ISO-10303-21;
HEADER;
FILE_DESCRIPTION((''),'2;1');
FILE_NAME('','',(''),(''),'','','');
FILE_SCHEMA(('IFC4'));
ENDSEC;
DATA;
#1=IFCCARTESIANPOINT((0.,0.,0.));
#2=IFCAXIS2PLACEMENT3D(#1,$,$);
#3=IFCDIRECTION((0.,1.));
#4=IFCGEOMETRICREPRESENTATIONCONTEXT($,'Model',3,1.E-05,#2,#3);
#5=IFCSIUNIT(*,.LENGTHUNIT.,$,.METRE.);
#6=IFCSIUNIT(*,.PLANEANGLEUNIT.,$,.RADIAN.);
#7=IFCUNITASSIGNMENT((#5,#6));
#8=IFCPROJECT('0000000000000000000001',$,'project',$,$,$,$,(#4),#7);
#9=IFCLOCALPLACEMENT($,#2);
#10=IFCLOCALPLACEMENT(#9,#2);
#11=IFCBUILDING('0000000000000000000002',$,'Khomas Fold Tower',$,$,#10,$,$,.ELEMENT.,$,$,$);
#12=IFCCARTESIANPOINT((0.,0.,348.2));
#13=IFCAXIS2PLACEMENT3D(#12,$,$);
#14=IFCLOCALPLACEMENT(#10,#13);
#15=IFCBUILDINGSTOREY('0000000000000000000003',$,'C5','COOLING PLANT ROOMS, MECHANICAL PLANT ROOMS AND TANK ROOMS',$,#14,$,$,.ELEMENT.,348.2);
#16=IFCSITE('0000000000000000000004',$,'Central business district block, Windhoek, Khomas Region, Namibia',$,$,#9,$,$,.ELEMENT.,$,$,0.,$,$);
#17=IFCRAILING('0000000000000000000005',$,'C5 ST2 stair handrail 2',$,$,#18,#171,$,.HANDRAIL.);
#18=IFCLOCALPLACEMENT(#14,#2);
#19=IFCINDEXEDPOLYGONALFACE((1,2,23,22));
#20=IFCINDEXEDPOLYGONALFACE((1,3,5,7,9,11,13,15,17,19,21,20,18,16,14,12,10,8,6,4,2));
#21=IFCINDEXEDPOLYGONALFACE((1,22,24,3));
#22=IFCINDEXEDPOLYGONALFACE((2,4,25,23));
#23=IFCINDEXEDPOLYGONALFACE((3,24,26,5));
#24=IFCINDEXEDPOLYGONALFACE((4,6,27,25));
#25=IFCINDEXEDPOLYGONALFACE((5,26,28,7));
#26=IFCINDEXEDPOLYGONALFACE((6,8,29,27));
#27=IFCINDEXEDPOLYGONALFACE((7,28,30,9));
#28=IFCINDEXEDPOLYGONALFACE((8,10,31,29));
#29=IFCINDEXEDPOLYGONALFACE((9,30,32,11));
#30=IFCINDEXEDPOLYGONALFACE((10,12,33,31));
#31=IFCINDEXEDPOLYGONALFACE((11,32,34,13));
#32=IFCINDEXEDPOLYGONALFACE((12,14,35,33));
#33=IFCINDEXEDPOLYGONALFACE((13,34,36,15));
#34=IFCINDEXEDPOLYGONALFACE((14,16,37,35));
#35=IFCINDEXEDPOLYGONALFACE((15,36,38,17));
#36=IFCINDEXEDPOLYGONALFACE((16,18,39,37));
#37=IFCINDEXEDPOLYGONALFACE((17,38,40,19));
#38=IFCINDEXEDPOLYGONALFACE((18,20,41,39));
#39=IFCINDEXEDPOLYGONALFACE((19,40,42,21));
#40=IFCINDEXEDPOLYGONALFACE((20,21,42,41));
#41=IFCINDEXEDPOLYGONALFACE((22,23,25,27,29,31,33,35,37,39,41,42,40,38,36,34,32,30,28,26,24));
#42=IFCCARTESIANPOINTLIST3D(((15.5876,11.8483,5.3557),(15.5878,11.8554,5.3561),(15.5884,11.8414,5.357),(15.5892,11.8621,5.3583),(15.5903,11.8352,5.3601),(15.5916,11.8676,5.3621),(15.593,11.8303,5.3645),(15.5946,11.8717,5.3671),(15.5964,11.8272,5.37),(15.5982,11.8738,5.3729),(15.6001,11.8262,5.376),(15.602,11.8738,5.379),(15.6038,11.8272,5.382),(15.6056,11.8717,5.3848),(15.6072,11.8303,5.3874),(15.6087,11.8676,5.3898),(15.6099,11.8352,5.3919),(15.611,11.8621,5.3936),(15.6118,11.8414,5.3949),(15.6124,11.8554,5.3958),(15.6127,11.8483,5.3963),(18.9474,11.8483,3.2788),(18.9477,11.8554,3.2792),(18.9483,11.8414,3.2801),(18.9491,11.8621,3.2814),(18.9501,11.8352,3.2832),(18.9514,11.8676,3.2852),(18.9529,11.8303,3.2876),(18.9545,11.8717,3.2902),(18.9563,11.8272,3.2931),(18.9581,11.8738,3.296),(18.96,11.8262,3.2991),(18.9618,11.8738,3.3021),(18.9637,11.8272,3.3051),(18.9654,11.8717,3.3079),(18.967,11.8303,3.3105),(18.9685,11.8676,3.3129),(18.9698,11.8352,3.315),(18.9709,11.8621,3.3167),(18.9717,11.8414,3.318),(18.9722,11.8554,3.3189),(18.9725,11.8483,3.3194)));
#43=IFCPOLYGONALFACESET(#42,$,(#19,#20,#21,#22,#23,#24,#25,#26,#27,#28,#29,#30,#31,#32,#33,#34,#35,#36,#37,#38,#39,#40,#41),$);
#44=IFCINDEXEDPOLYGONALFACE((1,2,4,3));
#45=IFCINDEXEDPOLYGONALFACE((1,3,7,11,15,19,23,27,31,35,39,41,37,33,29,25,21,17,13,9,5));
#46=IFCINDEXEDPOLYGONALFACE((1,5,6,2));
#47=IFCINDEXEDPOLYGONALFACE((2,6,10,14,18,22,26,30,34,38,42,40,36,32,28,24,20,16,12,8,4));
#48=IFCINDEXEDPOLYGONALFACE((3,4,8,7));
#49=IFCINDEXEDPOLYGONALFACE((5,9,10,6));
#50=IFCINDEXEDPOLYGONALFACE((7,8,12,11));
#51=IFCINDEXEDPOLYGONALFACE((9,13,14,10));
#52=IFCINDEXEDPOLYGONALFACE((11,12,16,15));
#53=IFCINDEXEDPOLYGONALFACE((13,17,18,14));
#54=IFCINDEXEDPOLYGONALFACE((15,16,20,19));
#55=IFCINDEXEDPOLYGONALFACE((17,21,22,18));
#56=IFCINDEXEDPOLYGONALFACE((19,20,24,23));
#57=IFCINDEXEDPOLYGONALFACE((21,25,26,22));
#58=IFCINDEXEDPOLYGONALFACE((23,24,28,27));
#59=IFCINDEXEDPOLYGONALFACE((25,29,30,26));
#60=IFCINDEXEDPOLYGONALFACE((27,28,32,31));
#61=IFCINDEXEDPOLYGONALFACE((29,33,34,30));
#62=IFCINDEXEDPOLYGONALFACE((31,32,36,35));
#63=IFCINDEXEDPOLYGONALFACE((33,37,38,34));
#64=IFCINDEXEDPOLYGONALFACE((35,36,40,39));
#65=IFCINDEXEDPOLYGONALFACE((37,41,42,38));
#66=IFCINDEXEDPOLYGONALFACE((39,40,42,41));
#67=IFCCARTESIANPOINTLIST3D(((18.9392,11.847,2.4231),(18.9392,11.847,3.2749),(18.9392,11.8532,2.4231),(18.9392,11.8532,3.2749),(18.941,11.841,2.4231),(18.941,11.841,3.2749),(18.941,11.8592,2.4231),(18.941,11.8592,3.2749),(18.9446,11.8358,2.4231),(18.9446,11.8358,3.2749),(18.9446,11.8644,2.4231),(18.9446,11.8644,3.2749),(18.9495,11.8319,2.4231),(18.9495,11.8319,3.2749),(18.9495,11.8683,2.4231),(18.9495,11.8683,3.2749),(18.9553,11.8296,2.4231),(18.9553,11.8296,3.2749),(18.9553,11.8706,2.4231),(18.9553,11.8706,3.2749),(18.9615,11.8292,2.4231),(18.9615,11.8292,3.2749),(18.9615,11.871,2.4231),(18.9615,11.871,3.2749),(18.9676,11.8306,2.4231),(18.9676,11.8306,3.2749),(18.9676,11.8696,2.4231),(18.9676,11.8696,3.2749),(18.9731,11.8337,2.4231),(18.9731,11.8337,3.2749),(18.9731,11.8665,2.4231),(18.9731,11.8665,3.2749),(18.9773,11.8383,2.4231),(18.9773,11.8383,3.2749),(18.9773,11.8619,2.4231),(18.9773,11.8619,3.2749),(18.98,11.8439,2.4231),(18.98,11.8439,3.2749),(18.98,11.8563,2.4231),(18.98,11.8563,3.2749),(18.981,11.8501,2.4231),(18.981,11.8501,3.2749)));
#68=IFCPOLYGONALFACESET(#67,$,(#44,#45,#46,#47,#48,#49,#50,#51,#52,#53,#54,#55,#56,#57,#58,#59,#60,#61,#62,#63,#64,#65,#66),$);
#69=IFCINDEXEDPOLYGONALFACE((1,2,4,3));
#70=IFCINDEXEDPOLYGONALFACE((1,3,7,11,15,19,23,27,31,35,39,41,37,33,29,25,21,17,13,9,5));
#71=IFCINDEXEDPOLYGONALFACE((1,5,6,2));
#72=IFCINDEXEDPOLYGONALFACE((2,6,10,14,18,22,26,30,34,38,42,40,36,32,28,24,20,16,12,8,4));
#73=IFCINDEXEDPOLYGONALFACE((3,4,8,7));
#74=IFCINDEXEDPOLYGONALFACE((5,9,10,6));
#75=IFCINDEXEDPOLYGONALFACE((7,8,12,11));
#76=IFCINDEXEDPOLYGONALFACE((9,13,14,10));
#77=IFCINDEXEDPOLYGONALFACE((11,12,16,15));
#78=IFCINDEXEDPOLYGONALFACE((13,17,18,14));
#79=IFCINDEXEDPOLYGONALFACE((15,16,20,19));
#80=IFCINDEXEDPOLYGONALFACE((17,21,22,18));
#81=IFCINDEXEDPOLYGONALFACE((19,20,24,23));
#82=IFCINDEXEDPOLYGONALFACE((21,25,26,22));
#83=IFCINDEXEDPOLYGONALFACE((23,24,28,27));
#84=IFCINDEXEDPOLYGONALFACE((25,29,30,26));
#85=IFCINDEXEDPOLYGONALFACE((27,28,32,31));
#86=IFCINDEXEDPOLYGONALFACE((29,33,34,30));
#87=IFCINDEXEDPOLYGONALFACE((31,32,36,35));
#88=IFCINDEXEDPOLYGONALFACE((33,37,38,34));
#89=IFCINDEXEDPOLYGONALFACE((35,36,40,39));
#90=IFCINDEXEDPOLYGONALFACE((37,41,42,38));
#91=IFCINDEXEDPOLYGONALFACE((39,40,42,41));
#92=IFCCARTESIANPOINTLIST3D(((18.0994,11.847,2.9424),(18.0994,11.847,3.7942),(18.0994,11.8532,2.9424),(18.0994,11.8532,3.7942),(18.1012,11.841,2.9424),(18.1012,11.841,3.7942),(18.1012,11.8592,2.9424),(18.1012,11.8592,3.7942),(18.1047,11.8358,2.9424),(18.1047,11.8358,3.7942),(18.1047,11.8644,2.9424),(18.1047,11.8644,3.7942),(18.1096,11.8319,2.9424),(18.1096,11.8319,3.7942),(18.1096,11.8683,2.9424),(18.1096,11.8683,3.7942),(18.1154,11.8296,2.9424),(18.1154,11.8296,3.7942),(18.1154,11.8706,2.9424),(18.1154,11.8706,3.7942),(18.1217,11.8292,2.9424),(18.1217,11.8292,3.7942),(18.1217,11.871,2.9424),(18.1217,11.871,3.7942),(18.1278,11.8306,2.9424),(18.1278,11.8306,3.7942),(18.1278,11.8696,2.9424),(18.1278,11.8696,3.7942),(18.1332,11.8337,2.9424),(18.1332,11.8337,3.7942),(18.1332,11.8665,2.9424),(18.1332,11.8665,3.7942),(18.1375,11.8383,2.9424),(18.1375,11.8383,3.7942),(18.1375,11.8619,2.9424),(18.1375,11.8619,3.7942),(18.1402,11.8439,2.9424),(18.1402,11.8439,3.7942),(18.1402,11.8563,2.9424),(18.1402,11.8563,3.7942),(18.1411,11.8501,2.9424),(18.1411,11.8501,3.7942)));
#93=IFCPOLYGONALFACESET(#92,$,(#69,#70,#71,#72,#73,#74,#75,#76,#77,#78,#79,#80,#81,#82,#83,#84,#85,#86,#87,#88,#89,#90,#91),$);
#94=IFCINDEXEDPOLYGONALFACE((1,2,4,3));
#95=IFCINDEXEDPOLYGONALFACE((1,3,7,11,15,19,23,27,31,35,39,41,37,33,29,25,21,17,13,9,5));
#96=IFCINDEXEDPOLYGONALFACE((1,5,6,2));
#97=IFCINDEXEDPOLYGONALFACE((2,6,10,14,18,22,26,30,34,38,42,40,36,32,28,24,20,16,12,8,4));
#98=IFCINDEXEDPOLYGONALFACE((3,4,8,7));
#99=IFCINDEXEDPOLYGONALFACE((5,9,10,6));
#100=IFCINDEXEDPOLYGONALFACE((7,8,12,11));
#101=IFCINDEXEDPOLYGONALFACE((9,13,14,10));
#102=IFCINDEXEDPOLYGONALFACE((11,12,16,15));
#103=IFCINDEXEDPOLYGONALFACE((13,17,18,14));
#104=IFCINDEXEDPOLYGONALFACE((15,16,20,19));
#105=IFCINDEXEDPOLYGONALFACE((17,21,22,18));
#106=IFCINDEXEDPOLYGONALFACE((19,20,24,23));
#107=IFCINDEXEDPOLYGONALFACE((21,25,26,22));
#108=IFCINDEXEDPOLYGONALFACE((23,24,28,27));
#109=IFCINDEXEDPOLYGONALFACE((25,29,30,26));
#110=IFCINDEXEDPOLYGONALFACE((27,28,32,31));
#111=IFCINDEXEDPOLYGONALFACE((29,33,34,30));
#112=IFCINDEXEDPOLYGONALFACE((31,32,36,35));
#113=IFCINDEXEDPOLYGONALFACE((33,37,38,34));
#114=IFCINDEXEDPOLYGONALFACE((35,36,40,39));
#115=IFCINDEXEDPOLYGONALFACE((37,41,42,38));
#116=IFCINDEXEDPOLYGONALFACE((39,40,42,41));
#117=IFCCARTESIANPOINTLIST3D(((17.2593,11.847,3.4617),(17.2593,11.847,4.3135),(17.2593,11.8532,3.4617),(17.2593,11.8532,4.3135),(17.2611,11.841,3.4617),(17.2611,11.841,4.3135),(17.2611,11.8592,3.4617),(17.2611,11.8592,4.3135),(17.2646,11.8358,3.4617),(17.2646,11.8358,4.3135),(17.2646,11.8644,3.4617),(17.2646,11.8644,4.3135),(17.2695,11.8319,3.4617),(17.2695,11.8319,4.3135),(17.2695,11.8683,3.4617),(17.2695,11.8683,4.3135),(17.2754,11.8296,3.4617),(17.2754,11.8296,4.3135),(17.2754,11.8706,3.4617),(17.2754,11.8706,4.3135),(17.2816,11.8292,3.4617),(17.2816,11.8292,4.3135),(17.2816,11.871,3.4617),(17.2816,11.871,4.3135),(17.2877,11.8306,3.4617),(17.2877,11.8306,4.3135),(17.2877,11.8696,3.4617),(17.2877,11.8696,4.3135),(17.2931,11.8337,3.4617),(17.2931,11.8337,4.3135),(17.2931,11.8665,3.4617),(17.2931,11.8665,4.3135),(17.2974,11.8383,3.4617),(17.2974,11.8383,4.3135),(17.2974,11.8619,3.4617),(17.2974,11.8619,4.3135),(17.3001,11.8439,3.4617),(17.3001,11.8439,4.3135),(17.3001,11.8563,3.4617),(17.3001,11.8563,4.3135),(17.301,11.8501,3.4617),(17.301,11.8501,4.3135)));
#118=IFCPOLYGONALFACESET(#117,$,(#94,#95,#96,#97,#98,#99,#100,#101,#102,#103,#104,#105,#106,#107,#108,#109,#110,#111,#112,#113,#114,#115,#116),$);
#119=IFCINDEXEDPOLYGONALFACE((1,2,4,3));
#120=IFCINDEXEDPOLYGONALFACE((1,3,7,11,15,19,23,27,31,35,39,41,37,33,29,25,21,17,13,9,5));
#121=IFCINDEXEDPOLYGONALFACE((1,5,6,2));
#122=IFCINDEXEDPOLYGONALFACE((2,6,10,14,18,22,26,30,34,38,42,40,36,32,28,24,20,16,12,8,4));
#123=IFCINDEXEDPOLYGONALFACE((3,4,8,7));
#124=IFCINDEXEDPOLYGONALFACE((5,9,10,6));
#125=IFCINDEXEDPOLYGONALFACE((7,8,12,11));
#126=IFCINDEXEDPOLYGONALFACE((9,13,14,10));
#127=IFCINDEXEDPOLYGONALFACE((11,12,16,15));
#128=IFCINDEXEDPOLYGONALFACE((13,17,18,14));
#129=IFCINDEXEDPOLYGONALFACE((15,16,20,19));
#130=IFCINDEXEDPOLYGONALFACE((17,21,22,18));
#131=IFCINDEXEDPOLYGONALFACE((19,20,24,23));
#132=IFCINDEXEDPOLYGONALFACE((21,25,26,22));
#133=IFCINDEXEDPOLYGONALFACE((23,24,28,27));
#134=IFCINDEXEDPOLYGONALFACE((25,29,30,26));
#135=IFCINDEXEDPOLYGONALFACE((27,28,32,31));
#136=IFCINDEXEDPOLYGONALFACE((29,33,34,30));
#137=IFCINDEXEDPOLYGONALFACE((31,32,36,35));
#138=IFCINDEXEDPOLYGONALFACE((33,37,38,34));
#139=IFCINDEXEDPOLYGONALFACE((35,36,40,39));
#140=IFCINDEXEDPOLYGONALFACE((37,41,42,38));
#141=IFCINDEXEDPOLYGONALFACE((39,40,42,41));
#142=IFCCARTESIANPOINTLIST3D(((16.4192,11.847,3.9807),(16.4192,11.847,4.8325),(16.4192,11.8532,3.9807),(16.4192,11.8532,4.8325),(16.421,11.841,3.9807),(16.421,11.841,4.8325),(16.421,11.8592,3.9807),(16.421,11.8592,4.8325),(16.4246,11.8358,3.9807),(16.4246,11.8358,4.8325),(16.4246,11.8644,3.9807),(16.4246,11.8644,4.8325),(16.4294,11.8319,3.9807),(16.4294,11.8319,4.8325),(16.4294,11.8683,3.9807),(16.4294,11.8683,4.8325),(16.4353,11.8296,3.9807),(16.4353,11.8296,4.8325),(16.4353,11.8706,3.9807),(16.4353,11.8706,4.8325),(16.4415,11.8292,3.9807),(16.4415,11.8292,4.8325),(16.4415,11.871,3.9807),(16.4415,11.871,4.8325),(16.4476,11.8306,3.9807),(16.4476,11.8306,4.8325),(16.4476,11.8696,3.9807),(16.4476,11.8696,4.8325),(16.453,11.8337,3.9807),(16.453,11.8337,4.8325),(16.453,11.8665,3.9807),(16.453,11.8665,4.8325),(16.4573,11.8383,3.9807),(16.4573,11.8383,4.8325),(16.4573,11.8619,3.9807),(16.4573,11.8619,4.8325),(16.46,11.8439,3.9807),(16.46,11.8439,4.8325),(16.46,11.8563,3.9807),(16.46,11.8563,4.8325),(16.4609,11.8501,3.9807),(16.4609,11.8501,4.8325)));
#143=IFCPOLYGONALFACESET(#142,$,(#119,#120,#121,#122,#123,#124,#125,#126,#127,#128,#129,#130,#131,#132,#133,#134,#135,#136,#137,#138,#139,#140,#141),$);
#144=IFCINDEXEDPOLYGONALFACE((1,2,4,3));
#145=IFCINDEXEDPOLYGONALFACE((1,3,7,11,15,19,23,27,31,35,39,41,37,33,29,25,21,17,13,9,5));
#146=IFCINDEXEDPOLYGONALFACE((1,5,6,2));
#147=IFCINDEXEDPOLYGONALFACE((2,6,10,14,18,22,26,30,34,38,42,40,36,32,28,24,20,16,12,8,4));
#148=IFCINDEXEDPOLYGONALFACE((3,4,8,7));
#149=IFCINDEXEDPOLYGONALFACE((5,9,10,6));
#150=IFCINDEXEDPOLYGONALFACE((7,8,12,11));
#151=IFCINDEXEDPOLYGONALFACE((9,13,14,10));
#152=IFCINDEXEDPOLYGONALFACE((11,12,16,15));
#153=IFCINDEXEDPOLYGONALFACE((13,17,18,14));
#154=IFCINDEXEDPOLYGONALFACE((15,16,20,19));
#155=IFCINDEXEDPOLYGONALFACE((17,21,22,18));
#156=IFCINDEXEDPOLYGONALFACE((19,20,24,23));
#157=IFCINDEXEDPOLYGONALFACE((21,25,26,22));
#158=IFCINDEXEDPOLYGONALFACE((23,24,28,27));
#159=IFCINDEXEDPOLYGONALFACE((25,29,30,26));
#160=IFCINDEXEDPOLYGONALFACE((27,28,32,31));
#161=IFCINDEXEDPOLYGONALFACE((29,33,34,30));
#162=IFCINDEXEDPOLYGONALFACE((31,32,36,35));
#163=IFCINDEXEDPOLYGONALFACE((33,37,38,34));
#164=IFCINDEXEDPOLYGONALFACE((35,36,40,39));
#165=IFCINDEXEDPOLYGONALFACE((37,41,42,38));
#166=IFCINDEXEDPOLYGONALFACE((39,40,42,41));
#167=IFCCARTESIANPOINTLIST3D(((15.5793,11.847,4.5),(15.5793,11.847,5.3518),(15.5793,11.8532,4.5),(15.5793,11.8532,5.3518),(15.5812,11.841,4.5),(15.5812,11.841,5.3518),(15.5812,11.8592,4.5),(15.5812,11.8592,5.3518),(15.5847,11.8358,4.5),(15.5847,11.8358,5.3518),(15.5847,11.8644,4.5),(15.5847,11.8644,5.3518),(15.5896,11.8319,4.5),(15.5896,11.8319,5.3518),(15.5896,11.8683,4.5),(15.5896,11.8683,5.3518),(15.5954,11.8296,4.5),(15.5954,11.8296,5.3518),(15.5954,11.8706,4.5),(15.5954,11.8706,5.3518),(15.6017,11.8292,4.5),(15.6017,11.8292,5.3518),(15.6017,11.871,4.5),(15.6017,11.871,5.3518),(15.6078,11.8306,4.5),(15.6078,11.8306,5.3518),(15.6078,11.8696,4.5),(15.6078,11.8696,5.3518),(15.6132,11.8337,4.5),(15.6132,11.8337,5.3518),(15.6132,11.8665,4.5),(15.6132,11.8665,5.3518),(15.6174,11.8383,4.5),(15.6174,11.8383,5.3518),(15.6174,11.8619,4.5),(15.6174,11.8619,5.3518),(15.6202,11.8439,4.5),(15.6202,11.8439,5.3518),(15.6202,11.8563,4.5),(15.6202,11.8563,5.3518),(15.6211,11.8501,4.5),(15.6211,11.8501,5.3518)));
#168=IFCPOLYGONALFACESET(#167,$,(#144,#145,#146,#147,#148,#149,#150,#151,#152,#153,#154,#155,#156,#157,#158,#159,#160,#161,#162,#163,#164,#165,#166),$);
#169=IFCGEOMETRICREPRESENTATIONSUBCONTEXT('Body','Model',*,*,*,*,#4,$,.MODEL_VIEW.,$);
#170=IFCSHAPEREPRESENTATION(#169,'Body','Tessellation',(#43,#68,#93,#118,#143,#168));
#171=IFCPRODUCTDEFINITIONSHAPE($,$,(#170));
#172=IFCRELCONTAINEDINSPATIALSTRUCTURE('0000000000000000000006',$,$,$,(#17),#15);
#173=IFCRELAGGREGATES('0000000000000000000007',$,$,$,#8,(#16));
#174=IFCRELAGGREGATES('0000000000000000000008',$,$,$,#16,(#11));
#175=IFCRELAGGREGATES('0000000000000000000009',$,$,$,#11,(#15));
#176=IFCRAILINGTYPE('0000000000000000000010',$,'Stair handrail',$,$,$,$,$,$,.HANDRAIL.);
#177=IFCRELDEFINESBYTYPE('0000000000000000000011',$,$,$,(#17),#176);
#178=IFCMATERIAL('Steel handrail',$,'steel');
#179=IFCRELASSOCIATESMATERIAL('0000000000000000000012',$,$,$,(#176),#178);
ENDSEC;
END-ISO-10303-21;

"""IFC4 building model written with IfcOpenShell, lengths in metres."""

from ifc_helpers import new_model, si_unit, direction, frame, origin, origin_2d, place, context, subcontext, project, spatial, circle, extrude, source, transform, mapped, material, type_object, element, save


model = new_model("IFC4")

# Units and contexts
model_context = context("Model", 3, precision=1e-05, world=origin(), true_north=direction((0.0, 1.0)))
body_context = subcontext(model_context, "Body", "Model", "MODEL_VIEW")
ifc_project = project(units=[si_unit("LENGTHUNIT", "METRE"), si_unit("PLANEANGLEUNIT", "RADIAN")], contexts=[model_context])

# Site, building, storey
site_placement = place(None, origin())
site = spatial("IfcSite", under=ifc_project, at=site_placement, Name="Central business district block, Windhoek, Khomas Region, Namibia", CompositionType="ELEMENT", RefElevation=0.0)
building_placement = place(site_placement, origin())
building = spatial("IfcBuilding", under=site, at=building_placement, Name="Khomas Fold Tower", CompositionType="ELEMENT")
storey_placement = place(building_placement, frame((0.0, 0.0, 348.2)))
storey = spatial("IfcBuildingStorey", under=building, at=storey_placement, Name="C5", Description="COOLING PLANT ROOMS, MECHANICAL PLANT ROOMS AND TANK ROOMS", CompositionType="ELEMENT", Elevation=348.2)

# Railing
ifc_material_1 = material(Name="Steel handrail", Category="steel")
railing_type_1 = type_object("IfcRailingType", Name="Stair handrail", PredefinedType="HANDRAIL", material=ifc_material_1)
shared_shape_1 = source(origin(), body_context, "Body", "SweptSolid", [
    extrude(circle(Radius=0.0239, at=origin_2d()), frame((0.0, 0.0, 0.876), z_axis=(-0.850606, 0.0, 0.525803), x_axis=(0.0, -1.0, 0.0)), (0.0, 0.0, 1.0), 3.95),
    extrude(circle(Radius=0.021, at=origin_2d()), origin(), (0.0, 0.0, 1.0), 0.8518),
    extrude(circle(Radius=0.021, at=origin_2d()), frame((-0.8398, 0.0, 0.5193)), (0.0, 0.0, 1.0), 0.8518),
    extrude(circle(Radius=0.021, at=origin_2d()), frame((-1.6799, 0.0, 1.0386)), (0.0, 0.0, 1.0), 0.8518),
    extrude(circle(Radius=0.021, at=origin_2d()), frame((-2.52, 0.0, 1.5576)), (0.0, 0.0, 1.0), 0.8518),
    extrude(circle(Radius=0.021, at=origin_2d()), frame((-3.3599, 0.0, 2.0769)), (0.0, 0.0, 1.0), 0.8518),
])
railing_1_placement = place(storey_placement, frame((18.96, 11.8501, 2.4231)))
element("IfcRailing", 1, at=railing_1_placement, inside=storey, type_object=railing_type_1, Name="C5 ST2 stair handrail 2", PredefinedType="HANDRAIL", context=body_context, shape_type="MappedRepresentation", body=[
    mapped(shared_shape_1, transform((0.0, 0.0, 0.0))),
])

save(model, "model.ifc")
